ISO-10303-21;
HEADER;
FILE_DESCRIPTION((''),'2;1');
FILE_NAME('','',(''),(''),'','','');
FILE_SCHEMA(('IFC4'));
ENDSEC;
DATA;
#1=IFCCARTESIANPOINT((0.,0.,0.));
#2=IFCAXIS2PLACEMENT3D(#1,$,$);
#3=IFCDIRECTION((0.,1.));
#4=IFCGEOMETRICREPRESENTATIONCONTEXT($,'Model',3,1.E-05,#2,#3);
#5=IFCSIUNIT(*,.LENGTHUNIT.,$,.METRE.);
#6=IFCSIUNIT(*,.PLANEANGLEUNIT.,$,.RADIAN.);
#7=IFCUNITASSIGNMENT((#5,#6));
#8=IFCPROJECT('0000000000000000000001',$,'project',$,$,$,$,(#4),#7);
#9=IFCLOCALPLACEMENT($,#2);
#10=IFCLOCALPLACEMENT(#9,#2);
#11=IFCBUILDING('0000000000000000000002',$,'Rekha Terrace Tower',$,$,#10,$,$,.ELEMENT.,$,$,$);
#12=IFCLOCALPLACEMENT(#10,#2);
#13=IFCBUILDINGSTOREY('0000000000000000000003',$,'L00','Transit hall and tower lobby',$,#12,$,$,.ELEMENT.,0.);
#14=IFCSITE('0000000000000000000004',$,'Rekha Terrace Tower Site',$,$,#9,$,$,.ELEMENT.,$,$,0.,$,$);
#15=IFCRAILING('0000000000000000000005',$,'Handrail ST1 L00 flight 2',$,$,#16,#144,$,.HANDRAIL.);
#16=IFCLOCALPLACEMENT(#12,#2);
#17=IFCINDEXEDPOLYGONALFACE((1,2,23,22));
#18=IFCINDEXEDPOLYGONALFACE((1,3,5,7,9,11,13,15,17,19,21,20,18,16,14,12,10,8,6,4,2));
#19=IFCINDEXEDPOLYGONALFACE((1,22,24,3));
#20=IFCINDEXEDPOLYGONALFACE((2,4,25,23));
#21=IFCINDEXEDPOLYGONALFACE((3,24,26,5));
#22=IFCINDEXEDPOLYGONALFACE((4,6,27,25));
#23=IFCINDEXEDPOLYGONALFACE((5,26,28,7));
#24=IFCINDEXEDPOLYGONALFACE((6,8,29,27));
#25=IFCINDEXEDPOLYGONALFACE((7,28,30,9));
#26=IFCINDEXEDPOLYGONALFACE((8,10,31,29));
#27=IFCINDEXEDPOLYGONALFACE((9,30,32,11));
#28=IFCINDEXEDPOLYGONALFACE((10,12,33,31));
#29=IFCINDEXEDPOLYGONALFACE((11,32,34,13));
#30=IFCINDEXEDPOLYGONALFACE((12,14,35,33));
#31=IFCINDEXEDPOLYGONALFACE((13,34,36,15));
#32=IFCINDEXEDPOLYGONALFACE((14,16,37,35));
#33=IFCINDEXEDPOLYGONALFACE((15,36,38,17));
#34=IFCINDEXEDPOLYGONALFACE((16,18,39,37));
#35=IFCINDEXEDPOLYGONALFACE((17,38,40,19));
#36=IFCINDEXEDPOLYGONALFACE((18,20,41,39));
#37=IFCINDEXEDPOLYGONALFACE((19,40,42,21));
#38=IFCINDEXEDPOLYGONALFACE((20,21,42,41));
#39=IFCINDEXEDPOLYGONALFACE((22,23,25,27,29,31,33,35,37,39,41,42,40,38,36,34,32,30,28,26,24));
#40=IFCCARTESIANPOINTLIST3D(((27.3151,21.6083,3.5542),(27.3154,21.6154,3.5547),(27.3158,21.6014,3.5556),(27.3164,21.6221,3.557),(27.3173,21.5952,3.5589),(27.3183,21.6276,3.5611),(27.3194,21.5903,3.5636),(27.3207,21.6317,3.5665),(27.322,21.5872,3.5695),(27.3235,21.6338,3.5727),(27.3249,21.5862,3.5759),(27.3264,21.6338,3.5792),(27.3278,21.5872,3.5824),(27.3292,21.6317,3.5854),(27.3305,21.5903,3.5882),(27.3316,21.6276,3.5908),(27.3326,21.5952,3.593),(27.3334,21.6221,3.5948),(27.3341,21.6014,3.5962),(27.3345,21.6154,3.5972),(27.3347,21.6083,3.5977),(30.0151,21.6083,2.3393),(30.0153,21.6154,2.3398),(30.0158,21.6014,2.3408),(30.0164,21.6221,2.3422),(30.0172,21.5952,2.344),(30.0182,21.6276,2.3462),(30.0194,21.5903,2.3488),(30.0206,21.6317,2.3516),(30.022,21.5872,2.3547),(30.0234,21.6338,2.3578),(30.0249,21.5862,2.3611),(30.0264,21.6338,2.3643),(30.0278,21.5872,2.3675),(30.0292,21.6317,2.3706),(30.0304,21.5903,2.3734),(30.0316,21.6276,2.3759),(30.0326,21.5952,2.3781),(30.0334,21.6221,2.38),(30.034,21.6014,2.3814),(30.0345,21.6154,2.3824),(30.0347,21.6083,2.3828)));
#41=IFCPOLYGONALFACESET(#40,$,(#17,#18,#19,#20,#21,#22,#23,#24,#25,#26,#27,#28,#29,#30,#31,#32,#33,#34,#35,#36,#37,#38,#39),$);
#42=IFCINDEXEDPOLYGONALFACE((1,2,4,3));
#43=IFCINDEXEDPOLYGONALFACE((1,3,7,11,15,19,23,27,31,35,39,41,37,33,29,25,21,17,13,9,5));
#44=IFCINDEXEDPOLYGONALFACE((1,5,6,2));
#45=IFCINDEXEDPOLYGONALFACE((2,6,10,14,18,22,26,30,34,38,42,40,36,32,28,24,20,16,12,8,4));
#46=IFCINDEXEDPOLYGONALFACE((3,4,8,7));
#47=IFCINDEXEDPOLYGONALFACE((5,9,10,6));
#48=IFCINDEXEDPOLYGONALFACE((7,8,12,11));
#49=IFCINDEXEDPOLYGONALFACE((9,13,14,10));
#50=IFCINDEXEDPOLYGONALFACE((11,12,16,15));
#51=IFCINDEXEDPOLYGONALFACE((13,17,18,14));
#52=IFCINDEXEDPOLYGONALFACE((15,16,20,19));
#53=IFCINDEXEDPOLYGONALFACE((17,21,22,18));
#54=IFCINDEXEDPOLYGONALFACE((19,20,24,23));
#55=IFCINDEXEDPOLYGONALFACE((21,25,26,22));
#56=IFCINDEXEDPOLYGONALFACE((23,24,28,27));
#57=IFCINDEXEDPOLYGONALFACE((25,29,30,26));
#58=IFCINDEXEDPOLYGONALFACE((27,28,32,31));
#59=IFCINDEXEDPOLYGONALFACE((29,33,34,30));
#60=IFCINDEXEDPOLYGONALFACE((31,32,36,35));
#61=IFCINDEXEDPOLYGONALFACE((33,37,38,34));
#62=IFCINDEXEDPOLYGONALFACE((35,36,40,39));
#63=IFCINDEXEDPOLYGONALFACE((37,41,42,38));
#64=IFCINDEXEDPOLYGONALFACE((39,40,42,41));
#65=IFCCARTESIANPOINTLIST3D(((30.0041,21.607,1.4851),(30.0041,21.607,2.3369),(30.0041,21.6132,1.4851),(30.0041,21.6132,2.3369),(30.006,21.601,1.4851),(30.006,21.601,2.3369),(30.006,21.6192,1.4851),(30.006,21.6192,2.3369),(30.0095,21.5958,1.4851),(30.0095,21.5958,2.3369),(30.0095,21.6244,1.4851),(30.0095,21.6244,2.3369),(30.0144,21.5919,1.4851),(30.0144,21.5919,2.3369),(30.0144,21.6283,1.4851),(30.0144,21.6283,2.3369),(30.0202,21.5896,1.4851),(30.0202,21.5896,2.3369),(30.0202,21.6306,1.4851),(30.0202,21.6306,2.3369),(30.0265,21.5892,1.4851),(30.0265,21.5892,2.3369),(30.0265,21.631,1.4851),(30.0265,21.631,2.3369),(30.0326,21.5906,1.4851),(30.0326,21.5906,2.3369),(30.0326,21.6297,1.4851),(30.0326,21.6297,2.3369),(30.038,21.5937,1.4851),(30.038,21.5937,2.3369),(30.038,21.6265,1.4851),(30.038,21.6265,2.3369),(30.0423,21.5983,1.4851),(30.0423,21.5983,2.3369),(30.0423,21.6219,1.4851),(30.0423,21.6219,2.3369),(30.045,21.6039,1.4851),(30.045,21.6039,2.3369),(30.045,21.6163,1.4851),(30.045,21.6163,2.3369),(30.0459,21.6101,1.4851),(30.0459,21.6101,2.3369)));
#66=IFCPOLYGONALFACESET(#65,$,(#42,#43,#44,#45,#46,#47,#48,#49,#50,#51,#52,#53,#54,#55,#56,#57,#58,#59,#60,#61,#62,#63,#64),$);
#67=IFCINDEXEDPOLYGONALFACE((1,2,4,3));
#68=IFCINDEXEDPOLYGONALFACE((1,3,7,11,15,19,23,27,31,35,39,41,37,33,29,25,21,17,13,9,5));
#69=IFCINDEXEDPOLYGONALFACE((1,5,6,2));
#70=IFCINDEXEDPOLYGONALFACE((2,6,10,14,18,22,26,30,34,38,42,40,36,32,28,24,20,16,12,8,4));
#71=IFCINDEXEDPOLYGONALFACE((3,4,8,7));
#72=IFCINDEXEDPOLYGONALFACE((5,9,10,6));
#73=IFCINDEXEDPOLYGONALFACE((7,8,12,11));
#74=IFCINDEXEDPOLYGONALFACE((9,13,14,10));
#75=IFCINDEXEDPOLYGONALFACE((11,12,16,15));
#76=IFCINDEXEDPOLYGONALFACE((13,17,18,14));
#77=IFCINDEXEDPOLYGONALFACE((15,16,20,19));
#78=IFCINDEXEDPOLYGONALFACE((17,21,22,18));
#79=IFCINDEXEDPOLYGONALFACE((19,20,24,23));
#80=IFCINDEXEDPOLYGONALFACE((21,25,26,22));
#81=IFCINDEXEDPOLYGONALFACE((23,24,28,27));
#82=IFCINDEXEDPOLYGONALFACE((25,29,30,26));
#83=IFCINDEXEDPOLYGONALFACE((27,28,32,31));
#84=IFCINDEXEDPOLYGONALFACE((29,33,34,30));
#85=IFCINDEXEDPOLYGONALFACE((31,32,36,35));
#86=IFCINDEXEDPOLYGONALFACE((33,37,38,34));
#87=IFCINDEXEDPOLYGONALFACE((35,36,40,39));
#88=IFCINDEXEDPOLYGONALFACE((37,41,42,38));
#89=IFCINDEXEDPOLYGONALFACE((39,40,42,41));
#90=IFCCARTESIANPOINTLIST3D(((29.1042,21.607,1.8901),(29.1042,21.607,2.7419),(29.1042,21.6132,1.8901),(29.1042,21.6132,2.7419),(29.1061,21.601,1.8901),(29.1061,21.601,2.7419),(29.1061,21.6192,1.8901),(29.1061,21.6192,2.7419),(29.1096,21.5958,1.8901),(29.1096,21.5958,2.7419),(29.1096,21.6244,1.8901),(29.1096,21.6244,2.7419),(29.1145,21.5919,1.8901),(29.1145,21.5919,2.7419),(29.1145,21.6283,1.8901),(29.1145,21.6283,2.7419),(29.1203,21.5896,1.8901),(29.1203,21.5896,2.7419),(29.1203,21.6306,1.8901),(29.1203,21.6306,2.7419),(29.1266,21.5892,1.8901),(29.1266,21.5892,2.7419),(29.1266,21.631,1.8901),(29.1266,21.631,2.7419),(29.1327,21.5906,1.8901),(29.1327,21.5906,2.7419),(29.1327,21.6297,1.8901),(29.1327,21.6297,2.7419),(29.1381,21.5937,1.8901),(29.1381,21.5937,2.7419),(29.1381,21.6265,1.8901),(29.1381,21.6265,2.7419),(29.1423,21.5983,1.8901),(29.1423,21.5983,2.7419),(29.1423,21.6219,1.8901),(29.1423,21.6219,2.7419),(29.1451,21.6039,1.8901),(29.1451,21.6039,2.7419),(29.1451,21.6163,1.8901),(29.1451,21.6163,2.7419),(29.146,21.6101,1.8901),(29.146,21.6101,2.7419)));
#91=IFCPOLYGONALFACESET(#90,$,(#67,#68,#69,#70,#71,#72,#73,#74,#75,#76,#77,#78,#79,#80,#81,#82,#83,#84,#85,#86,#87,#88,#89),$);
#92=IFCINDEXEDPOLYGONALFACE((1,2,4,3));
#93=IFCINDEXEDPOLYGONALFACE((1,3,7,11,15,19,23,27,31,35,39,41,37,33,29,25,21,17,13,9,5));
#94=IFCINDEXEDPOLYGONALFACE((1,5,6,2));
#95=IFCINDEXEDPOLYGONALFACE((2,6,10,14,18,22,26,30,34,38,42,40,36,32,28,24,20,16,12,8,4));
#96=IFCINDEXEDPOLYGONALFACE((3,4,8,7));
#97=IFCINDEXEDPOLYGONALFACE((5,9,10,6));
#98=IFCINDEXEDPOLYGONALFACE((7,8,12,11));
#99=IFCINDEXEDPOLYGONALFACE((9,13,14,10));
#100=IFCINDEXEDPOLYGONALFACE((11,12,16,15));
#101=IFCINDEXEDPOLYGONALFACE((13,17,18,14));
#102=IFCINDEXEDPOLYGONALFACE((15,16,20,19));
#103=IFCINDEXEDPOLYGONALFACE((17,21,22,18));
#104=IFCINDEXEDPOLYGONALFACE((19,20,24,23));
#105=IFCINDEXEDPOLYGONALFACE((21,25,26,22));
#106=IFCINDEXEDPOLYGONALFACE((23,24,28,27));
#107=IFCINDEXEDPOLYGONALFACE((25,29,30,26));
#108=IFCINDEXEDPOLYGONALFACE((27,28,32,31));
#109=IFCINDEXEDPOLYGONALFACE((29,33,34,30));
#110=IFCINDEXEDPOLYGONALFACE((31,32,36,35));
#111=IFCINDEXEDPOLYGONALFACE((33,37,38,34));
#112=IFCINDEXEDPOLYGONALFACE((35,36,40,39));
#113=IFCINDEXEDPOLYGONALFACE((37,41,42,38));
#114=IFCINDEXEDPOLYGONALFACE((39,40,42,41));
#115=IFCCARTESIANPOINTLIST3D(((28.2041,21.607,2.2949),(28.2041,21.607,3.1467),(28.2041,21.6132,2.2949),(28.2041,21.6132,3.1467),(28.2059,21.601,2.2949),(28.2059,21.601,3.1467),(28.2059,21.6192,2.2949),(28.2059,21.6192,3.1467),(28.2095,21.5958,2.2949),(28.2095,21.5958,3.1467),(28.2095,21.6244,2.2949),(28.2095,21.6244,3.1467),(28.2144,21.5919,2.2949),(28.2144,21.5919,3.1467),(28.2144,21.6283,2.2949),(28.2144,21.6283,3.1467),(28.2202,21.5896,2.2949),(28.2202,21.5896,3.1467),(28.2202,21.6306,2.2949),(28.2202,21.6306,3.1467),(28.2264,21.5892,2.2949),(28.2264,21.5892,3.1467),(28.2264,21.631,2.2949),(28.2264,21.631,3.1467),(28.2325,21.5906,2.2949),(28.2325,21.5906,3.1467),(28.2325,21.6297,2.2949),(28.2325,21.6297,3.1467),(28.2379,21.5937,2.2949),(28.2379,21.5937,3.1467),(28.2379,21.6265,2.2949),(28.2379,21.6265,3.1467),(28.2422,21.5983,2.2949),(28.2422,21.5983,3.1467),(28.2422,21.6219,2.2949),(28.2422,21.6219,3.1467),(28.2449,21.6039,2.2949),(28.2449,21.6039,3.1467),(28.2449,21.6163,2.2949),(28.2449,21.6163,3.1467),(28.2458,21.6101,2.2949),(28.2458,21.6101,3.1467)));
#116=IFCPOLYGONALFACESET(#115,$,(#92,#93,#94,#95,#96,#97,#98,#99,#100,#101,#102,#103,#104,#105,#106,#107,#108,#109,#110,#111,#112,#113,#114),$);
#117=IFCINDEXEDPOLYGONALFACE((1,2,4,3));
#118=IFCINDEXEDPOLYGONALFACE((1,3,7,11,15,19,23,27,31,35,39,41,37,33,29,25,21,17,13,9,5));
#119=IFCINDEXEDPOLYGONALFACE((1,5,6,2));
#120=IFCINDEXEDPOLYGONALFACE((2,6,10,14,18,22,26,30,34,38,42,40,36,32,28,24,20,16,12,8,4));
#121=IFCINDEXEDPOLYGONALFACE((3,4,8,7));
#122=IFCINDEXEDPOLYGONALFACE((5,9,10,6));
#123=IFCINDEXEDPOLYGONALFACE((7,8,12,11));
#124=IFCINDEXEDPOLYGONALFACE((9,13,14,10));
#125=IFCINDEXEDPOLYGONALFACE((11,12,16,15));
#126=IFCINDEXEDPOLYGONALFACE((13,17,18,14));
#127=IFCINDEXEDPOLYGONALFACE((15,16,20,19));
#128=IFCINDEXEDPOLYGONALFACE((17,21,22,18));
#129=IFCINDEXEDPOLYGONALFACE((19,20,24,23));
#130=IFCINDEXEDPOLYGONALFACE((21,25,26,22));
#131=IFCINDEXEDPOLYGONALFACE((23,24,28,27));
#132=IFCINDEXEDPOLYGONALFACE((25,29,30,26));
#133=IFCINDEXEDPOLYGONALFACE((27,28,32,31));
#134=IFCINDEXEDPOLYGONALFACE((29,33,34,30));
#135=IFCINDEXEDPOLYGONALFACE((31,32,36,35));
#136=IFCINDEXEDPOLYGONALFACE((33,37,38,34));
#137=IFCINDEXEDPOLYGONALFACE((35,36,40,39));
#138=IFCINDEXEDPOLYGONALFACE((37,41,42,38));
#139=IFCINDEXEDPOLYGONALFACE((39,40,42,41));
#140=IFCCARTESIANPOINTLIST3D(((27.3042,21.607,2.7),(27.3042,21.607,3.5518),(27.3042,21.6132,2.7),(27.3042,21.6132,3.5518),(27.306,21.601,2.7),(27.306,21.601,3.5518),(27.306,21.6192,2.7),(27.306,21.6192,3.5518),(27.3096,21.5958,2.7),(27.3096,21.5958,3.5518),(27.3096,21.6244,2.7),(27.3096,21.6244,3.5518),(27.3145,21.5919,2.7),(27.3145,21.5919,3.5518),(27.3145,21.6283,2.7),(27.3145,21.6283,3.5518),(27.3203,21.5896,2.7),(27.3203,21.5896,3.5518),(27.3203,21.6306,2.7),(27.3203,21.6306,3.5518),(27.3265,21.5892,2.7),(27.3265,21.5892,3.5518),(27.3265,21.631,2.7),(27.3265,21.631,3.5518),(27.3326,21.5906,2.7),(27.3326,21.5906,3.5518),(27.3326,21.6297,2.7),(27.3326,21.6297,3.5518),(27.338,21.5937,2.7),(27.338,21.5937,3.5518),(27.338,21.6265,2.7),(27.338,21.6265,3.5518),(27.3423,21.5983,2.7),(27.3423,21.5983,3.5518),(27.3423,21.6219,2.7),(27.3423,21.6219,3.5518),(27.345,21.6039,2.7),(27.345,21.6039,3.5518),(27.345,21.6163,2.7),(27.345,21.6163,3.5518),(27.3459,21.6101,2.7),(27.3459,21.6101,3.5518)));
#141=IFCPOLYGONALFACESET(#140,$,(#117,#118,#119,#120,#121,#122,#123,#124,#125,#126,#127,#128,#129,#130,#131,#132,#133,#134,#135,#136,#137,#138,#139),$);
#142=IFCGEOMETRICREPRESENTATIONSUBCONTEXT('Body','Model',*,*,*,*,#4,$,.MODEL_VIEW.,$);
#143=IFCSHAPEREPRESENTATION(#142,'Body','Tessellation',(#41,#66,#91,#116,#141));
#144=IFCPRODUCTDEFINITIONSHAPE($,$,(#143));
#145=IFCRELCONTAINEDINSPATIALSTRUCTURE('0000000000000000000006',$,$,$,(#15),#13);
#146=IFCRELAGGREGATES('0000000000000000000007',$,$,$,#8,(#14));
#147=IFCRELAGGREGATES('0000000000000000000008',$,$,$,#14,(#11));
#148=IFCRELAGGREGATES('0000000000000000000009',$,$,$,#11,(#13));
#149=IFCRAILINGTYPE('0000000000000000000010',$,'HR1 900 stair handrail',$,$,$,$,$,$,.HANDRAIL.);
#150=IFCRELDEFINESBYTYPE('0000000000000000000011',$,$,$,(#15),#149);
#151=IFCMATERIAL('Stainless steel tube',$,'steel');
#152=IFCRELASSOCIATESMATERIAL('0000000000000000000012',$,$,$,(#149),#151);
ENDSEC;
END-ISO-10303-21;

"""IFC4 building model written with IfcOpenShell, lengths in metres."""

from ifc_helpers import new_model, si_unit, direction, frame, origin, origin_2d, place, context, subcontext, project, spatial, circle, extrude, material, type_object, element, save


model = new_model("IFC4")

# Units and contexts
model_context = context("Model", 3, precision=1e-05, world=origin(), true_north=direction((0.0, 1.0)))
body_context = subcontext(model_context, "Body", "Model", "MODEL_VIEW")
ifc_project = project(units=[si_unit("LENGTHUNIT", "METRE"), si_unit("PLANEANGLEUNIT", "RADIAN")], contexts=[model_context])

# Site, building, storey
site_placement = place(None, origin())
site = spatial("IfcSite", under=ifc_project, at=site_placement, Name="Rekha Terrace Tower Site", CompositionType="ELEMENT", RefElevation=0.0)
building_placement = place(site_placement, origin())
building = spatial("IfcBuilding", under=site, at=building_placement, Name="Rekha Terrace Tower", CompositionType="ELEMENT")
storey_placement = place(building_placement, origin())
storey = spatial("IfcBuildingStorey", under=building, at=storey_placement, Name="L00", Description="Transit hall and tower lobby", CompositionType="ELEMENT", Elevation=0.0)

# Railing
ifc_material_1 = material(Name="Stainless steel tube", Category="steel")
railing_type_1 = type_object("IfcRailingType", Name="HR1 900 stair handrail", PredefinedType="HANDRAIL", material=ifc_material_1)
railing_1_placement = place(storey_placement, frame((30.0249, 21.6101, 1.4851)))
element("IfcRailing", 1, at=railing_1_placement, inside=storey, type_object=railing_type_1, Name="Handrail ST1 L00 flight 2", PredefinedType="HANDRAIL", context=body_context, shape_type="SweptSolid", body=[
    extrude(circle(Radius=0.0239, at=origin_2d()), frame((0.0, 0.0, 0.876), z_axis=(-0.911938, 0.0, 0.410327), x_axis=(0.0, -1.0, 0.0)), (0.0, 0.0, 1.0), 2.9607),
    extrude(circle(Radius=0.021, at=origin_2d()), origin(), (0.0, 0.0, 1.0), 0.8518),
    extrude(circle(Radius=0.021, at=origin_2d()), frame((-0.8999, 0.0, 0.405)), (0.0, 0.0, 1.0), 0.8518),
    extrude(circle(Radius=0.021, at=origin_2d()), frame((-1.8, 0.0, 0.8098)), (0.0, 0.0, 1.0), 0.8518),
    extrude(circle(Radius=0.021, at=origin_2d()), frame((-2.7, 0.0, 1.2148)), (0.0, 0.0, 1.0), 0.8518),
])

save(model, "model.ifc")
